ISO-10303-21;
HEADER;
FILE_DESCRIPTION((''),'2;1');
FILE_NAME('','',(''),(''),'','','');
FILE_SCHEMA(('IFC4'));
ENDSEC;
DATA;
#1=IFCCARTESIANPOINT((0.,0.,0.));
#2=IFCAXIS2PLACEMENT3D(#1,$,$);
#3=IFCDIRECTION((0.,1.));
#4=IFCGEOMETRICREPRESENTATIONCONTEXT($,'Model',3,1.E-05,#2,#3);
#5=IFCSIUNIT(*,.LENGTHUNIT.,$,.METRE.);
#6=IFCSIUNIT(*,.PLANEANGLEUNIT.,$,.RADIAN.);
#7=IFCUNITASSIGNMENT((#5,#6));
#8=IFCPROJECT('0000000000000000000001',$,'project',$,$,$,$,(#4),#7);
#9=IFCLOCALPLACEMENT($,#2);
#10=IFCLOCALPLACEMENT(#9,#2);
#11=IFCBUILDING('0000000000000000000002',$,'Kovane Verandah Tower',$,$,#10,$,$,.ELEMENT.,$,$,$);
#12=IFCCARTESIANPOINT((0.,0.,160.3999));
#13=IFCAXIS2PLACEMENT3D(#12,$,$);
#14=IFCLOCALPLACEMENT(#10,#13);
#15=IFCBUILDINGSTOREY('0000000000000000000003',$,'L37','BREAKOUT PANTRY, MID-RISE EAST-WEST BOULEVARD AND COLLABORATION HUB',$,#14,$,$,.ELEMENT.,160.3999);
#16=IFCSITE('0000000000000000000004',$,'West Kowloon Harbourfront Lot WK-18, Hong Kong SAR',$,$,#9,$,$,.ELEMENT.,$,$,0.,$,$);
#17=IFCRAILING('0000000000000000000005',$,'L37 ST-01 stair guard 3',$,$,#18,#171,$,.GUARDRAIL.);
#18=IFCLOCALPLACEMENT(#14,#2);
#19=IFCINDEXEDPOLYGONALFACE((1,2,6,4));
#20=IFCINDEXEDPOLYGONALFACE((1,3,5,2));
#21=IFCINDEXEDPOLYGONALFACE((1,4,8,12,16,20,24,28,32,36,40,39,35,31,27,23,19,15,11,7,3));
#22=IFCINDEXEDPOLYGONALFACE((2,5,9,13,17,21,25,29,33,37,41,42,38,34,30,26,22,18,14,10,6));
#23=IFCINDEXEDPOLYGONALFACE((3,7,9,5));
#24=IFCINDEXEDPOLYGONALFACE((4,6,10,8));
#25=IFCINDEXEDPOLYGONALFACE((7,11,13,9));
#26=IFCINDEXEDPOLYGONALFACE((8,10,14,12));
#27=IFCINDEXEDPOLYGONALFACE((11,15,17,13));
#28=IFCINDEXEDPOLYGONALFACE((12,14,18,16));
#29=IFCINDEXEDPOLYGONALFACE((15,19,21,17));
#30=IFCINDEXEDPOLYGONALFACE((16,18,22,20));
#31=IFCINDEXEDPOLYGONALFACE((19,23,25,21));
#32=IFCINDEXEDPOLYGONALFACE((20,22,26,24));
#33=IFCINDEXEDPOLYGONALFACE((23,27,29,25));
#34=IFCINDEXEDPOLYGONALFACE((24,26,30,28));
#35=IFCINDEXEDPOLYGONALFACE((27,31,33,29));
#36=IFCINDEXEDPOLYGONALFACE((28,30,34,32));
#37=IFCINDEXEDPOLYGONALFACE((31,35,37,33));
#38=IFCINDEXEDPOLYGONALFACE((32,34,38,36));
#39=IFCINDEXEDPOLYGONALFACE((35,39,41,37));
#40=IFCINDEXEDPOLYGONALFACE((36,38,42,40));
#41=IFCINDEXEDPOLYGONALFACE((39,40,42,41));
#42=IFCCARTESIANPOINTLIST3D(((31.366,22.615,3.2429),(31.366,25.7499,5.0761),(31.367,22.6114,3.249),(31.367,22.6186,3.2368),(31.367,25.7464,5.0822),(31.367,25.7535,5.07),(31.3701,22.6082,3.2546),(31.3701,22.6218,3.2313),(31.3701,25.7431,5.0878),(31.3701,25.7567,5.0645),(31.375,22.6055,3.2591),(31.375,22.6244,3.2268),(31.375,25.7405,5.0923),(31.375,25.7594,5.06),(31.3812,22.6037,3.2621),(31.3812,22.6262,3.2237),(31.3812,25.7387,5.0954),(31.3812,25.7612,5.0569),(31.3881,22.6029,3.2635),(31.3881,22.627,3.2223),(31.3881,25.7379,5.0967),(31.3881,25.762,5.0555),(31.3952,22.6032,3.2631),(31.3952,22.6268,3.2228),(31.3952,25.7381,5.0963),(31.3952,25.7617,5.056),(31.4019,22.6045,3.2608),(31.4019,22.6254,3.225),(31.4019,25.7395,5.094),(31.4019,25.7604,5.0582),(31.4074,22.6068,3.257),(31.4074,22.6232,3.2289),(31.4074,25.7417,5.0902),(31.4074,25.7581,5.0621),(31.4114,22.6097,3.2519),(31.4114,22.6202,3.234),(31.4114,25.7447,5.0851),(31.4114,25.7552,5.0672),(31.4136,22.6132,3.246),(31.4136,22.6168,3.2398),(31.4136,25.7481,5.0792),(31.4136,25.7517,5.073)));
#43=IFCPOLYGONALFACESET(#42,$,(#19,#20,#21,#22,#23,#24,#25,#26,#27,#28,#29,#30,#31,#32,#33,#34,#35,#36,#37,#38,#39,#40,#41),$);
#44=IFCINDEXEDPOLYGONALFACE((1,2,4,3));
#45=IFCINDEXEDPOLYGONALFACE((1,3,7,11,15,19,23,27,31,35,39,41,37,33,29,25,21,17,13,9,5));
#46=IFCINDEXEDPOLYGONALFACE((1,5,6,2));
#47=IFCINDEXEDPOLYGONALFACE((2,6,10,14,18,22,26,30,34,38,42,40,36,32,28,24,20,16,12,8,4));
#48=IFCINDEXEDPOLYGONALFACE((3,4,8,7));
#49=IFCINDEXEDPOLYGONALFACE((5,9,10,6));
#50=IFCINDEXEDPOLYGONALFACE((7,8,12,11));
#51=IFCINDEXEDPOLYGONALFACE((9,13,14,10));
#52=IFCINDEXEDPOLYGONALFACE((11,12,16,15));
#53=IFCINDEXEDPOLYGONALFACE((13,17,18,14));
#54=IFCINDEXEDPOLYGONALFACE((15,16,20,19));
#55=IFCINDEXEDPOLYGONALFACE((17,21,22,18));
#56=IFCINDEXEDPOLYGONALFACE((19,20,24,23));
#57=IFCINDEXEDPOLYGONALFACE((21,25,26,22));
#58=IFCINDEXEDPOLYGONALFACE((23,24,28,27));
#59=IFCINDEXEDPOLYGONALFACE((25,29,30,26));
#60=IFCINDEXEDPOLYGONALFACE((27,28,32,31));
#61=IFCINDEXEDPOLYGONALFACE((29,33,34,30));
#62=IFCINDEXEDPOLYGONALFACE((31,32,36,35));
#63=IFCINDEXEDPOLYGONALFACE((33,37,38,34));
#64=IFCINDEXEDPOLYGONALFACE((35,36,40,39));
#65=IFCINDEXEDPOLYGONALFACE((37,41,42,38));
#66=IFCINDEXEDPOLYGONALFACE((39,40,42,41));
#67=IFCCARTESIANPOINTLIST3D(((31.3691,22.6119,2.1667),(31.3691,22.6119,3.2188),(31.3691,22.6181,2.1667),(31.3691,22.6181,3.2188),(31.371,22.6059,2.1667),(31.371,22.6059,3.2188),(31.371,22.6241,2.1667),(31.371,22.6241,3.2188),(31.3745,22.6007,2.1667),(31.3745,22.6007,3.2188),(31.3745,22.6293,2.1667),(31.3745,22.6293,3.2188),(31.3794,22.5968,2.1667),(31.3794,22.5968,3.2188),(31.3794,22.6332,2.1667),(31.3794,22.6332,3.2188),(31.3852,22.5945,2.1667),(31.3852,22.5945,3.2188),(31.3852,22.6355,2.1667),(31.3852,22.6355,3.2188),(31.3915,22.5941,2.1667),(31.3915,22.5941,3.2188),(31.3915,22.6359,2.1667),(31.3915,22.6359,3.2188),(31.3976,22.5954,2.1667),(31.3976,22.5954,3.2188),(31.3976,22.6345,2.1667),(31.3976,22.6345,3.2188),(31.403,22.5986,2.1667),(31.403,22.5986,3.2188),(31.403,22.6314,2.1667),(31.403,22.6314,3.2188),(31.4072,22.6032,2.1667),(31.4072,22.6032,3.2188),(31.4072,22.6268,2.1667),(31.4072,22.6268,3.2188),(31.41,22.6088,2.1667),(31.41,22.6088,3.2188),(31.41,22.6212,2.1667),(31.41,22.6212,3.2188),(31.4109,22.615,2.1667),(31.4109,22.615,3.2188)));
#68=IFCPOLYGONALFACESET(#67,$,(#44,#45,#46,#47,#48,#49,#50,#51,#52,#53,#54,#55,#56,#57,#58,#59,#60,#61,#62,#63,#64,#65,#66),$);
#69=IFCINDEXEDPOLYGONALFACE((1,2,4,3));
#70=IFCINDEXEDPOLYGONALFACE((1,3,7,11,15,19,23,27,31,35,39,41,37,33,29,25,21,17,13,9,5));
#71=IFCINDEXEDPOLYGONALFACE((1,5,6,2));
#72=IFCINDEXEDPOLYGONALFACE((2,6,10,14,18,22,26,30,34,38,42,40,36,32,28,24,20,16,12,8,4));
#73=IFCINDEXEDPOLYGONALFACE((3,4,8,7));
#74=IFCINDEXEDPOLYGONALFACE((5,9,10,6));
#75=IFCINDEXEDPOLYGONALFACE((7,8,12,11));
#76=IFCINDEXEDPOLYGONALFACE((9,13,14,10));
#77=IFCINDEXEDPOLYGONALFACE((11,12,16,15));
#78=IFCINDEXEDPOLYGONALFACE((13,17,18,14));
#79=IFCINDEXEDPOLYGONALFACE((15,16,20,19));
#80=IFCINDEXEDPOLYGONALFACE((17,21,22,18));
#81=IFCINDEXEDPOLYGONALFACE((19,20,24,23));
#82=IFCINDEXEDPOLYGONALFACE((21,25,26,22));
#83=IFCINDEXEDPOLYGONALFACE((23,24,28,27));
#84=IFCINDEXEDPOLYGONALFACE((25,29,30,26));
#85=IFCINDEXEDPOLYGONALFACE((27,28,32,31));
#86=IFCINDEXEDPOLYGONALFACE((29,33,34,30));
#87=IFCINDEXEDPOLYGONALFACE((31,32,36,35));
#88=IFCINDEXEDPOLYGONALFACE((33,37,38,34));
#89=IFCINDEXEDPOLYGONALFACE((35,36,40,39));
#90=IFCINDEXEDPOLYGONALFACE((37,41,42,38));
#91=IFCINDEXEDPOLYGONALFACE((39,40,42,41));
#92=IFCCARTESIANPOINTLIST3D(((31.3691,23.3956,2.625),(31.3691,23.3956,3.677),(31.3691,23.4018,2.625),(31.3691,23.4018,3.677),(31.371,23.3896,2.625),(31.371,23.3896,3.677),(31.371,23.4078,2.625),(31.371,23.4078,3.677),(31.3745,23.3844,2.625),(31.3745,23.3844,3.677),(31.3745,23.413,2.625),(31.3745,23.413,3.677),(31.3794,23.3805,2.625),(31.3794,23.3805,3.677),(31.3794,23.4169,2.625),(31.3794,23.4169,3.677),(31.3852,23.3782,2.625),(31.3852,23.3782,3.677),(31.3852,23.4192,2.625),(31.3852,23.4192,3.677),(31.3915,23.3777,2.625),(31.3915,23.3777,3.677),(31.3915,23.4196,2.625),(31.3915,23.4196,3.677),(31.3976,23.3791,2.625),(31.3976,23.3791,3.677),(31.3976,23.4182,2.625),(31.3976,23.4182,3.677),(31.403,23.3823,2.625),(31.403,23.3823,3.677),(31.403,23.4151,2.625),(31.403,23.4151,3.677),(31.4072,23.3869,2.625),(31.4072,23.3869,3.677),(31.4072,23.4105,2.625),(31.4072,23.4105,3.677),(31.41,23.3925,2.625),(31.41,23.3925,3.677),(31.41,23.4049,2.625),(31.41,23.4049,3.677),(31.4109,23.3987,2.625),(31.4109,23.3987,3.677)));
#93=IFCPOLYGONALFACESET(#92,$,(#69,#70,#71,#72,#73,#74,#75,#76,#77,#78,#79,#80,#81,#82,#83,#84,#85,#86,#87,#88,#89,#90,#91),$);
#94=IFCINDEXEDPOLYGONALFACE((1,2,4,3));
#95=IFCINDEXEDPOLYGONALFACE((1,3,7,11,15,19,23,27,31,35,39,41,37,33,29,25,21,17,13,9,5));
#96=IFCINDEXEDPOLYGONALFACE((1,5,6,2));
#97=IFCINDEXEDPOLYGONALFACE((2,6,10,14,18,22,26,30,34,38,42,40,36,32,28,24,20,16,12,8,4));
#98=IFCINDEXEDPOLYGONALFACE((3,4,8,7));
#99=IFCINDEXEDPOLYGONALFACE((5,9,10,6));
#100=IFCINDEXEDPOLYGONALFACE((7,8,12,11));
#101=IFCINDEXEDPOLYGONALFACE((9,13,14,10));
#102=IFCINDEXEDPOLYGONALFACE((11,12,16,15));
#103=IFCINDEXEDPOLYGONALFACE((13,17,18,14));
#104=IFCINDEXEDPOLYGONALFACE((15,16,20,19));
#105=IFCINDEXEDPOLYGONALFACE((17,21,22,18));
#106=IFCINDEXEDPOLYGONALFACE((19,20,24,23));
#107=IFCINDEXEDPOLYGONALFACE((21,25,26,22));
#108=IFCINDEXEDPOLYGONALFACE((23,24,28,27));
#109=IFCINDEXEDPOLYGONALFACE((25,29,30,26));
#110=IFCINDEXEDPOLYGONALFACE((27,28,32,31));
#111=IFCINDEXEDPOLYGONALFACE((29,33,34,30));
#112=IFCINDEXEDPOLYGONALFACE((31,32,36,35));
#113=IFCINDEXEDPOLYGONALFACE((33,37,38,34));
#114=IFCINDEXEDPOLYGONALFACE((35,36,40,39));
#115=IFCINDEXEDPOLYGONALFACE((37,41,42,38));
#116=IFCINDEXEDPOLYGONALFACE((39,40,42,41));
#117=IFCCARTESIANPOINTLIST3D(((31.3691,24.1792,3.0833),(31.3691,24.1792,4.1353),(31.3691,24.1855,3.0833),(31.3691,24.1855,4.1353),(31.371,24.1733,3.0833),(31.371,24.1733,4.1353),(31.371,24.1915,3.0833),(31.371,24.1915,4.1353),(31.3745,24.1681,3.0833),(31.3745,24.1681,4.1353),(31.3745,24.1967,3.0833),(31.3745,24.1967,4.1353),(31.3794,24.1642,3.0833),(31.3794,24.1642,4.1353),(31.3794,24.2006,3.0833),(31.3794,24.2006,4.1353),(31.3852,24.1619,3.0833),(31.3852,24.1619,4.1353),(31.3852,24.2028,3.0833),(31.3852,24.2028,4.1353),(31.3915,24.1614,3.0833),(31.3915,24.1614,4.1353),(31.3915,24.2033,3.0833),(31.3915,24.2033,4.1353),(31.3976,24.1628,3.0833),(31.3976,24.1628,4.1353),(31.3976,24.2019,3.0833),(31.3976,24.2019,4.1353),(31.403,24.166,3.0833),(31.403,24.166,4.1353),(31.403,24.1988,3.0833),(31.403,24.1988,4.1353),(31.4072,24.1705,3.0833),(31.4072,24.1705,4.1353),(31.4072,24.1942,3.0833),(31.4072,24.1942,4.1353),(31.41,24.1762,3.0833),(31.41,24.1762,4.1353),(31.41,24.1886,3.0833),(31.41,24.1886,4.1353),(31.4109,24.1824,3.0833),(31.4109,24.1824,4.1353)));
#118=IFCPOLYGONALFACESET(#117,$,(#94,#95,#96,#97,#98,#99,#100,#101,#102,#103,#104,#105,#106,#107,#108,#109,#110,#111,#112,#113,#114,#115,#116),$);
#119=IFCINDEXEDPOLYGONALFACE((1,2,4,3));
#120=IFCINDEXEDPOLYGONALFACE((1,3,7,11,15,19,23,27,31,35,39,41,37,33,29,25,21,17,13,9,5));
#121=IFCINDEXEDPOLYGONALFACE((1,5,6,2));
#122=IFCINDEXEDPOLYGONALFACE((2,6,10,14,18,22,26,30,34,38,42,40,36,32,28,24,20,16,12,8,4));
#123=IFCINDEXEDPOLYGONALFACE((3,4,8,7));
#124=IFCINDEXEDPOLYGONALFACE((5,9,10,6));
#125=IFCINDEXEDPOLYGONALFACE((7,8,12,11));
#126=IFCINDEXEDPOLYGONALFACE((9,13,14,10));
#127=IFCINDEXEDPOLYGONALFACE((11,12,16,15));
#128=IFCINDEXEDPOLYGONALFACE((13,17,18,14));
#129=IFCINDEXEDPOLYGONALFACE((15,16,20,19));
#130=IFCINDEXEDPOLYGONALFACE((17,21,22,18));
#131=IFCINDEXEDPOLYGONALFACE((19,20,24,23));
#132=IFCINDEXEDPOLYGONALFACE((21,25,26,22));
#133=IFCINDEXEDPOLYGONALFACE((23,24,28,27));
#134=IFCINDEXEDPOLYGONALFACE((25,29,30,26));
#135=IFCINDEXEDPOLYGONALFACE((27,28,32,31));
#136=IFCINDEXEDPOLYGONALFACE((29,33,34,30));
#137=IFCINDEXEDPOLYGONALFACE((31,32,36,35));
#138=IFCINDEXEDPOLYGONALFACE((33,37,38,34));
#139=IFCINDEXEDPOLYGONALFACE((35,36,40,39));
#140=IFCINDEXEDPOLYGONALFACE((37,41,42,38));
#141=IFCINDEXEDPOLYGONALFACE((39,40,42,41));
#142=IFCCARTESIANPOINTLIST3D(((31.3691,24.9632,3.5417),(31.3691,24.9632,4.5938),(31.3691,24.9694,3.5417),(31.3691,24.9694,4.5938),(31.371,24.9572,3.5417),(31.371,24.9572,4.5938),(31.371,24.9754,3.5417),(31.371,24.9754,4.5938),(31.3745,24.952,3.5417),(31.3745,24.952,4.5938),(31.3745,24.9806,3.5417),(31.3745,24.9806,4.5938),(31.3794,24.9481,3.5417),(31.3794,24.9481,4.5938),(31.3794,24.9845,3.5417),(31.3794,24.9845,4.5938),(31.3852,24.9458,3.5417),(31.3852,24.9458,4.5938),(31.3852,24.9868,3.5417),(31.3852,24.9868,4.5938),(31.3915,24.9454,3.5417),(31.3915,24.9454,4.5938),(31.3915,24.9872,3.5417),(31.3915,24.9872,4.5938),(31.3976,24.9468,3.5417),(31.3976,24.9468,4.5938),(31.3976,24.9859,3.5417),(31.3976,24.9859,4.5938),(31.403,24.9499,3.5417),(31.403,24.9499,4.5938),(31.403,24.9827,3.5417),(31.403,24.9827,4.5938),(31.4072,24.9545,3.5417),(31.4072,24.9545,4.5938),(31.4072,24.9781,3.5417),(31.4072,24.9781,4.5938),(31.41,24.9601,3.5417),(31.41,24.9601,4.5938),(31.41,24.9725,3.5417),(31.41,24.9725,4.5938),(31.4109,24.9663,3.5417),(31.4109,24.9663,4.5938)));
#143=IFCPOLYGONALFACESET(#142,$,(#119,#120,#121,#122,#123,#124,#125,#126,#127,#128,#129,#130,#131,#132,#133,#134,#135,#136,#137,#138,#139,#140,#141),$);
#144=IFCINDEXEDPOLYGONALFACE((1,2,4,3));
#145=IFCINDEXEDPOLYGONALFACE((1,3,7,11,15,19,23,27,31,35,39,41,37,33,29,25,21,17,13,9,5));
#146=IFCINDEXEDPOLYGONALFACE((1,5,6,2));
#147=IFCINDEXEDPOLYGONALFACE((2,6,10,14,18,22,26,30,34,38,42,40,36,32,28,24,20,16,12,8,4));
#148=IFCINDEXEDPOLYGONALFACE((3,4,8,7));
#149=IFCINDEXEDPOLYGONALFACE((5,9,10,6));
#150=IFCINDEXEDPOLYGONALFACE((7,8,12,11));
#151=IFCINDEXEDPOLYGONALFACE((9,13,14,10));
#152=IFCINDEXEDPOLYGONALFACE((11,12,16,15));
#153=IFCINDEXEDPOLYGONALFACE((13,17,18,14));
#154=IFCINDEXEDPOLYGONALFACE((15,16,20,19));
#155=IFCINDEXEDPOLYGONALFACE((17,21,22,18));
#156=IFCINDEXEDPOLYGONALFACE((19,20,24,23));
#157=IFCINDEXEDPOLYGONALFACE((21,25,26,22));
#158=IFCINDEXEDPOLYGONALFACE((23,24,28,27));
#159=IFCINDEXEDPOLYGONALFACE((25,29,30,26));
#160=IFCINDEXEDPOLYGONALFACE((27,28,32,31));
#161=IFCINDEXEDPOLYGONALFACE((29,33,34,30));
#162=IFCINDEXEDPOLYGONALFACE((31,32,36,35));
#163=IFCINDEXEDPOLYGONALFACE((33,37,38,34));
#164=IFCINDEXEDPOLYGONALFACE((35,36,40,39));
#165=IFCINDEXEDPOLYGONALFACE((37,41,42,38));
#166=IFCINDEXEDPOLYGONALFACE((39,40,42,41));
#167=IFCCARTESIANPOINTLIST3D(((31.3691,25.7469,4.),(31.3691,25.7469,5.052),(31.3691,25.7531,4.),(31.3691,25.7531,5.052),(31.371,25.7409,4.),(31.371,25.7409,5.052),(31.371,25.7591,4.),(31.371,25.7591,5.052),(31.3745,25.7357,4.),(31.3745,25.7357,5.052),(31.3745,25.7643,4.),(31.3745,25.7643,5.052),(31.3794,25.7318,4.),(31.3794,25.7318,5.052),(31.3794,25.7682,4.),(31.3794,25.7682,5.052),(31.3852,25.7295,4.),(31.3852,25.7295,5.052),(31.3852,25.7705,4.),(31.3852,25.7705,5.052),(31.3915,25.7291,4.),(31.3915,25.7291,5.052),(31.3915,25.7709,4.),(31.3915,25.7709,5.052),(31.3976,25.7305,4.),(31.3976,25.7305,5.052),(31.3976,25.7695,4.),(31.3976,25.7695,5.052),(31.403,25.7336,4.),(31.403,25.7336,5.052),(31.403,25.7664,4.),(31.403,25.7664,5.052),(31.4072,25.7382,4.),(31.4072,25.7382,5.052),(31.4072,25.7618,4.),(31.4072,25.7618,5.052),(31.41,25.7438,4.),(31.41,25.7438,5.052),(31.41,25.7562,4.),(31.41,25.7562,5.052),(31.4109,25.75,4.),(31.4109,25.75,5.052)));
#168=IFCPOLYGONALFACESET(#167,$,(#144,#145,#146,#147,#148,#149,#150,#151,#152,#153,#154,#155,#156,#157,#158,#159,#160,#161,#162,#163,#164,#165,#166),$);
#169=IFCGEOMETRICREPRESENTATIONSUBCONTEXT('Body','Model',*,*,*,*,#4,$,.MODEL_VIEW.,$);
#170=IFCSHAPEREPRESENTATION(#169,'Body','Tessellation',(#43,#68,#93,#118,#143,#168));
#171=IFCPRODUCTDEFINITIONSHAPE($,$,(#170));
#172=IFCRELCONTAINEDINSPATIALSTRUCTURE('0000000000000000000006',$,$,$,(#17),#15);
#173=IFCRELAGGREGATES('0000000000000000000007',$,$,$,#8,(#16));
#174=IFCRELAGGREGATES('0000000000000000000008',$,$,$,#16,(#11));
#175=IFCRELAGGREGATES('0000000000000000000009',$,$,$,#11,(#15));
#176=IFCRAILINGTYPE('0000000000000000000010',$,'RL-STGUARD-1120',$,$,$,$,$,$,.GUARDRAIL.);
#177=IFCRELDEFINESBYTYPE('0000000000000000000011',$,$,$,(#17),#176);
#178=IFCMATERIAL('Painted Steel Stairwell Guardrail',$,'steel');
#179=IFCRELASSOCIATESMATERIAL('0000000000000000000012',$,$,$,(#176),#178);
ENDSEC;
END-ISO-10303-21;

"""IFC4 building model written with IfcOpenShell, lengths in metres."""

from ifc_helpers import new_model, si_unit, direction, frame, origin, origin_2d, place, context, subcontext, project, spatial, circle, extrude, material, type_object, element, save


model = new_model("IFC4")

# Units and contexts
model_context = context("Model", 3, precision=1e-05, world=origin(), true_north=direction((0.0, 1.0)))
body_context = subcontext(model_context, "Body", "Model", "MODEL_VIEW")
ifc_project = project(units=[si_unit("LENGTHUNIT", "METRE"), si_unit("PLANEANGLEUNIT", "RADIAN")], contexts=[model_context])

# Site, building, storey
site_placement = place(None, origin())
site = spatial("IfcSite", under=ifc_project, at=site_placement, Name="West Kowloon Harbourfront Lot WK-18, Hong Kong SAR", CompositionType="ELEMENT", RefElevation=0.0)
building_placement = place(site_placement, origin())
building = spatial("IfcBuilding", under=site, at=building_placement, Name="Kovane Verandah Tower", CompositionType="ELEMENT")
storey_placement = place(building_placement, frame((0.0, 0.0, 160.3999)))
storey = spatial("IfcBuildingStorey", under=building, at=storey_placement, Name="L37", Description="BREAKOUT PANTRY, MID-RISE EAST-WEST BOULEVARD AND COLLABORATION HUB", CompositionType="ELEMENT", Elevation=160.3999)

# Railing
ifc_material_1 = material(Name="Painted Steel Stairwell Guardrail", Category="steel")
railing_type_1 = type_object("IfcRailingType", Name="RL-STGUARD-1120", PredefinedType="GUARDRAIL", material=ifc_material_1)
railing_1_placement = place(storey_placement, frame((31.3899, 22.615, 2.1667)))
element("IfcRailing", 1, at=railing_1_placement, inside=storey, type_object=railing_type_1, Name="L37 ST-01 stair guard 3", PredefinedType="GUARDRAIL", context=body_context, shape_type="SweptSolid", body=[
    extrude(circle(Radius=0.0239, at=origin_2d()), frame((0.0, 0.0, 1.0762), z_axis=(0.0, 0.86324, 0.504794), x_axis=(-1.0, 0.0, 0.0)), (0.0, 0.0, 1.0), 3.6316),
    extrude(circle(Radius=0.021, at=origin_2d()), origin(), (0.0, 0.0, 1.0), 1.052),
    extrude(circle(Radius=0.021, at=origin_2d()), frame((0.0, 0.7837, 0.4583)), (0.0, 0.0, 1.0), 1.052),
    extrude(circle(Radius=0.021, at=origin_2d()), frame((0.0, 1.5674, 0.9165)), (0.0, 0.0, 1.0), 1.052),
    extrude(circle(Radius=0.021, at=origin_2d()), frame((0.0, 2.3513, 1.375)), (0.0, 0.0, 1.0), 1.052),
    extrude(circle(Radius=0.021, at=origin_2d()), frame((0.0, 3.135, 1.8333)), (0.0, 0.0, 1.0), 1.052),
])

save(model, "model.ifc")
